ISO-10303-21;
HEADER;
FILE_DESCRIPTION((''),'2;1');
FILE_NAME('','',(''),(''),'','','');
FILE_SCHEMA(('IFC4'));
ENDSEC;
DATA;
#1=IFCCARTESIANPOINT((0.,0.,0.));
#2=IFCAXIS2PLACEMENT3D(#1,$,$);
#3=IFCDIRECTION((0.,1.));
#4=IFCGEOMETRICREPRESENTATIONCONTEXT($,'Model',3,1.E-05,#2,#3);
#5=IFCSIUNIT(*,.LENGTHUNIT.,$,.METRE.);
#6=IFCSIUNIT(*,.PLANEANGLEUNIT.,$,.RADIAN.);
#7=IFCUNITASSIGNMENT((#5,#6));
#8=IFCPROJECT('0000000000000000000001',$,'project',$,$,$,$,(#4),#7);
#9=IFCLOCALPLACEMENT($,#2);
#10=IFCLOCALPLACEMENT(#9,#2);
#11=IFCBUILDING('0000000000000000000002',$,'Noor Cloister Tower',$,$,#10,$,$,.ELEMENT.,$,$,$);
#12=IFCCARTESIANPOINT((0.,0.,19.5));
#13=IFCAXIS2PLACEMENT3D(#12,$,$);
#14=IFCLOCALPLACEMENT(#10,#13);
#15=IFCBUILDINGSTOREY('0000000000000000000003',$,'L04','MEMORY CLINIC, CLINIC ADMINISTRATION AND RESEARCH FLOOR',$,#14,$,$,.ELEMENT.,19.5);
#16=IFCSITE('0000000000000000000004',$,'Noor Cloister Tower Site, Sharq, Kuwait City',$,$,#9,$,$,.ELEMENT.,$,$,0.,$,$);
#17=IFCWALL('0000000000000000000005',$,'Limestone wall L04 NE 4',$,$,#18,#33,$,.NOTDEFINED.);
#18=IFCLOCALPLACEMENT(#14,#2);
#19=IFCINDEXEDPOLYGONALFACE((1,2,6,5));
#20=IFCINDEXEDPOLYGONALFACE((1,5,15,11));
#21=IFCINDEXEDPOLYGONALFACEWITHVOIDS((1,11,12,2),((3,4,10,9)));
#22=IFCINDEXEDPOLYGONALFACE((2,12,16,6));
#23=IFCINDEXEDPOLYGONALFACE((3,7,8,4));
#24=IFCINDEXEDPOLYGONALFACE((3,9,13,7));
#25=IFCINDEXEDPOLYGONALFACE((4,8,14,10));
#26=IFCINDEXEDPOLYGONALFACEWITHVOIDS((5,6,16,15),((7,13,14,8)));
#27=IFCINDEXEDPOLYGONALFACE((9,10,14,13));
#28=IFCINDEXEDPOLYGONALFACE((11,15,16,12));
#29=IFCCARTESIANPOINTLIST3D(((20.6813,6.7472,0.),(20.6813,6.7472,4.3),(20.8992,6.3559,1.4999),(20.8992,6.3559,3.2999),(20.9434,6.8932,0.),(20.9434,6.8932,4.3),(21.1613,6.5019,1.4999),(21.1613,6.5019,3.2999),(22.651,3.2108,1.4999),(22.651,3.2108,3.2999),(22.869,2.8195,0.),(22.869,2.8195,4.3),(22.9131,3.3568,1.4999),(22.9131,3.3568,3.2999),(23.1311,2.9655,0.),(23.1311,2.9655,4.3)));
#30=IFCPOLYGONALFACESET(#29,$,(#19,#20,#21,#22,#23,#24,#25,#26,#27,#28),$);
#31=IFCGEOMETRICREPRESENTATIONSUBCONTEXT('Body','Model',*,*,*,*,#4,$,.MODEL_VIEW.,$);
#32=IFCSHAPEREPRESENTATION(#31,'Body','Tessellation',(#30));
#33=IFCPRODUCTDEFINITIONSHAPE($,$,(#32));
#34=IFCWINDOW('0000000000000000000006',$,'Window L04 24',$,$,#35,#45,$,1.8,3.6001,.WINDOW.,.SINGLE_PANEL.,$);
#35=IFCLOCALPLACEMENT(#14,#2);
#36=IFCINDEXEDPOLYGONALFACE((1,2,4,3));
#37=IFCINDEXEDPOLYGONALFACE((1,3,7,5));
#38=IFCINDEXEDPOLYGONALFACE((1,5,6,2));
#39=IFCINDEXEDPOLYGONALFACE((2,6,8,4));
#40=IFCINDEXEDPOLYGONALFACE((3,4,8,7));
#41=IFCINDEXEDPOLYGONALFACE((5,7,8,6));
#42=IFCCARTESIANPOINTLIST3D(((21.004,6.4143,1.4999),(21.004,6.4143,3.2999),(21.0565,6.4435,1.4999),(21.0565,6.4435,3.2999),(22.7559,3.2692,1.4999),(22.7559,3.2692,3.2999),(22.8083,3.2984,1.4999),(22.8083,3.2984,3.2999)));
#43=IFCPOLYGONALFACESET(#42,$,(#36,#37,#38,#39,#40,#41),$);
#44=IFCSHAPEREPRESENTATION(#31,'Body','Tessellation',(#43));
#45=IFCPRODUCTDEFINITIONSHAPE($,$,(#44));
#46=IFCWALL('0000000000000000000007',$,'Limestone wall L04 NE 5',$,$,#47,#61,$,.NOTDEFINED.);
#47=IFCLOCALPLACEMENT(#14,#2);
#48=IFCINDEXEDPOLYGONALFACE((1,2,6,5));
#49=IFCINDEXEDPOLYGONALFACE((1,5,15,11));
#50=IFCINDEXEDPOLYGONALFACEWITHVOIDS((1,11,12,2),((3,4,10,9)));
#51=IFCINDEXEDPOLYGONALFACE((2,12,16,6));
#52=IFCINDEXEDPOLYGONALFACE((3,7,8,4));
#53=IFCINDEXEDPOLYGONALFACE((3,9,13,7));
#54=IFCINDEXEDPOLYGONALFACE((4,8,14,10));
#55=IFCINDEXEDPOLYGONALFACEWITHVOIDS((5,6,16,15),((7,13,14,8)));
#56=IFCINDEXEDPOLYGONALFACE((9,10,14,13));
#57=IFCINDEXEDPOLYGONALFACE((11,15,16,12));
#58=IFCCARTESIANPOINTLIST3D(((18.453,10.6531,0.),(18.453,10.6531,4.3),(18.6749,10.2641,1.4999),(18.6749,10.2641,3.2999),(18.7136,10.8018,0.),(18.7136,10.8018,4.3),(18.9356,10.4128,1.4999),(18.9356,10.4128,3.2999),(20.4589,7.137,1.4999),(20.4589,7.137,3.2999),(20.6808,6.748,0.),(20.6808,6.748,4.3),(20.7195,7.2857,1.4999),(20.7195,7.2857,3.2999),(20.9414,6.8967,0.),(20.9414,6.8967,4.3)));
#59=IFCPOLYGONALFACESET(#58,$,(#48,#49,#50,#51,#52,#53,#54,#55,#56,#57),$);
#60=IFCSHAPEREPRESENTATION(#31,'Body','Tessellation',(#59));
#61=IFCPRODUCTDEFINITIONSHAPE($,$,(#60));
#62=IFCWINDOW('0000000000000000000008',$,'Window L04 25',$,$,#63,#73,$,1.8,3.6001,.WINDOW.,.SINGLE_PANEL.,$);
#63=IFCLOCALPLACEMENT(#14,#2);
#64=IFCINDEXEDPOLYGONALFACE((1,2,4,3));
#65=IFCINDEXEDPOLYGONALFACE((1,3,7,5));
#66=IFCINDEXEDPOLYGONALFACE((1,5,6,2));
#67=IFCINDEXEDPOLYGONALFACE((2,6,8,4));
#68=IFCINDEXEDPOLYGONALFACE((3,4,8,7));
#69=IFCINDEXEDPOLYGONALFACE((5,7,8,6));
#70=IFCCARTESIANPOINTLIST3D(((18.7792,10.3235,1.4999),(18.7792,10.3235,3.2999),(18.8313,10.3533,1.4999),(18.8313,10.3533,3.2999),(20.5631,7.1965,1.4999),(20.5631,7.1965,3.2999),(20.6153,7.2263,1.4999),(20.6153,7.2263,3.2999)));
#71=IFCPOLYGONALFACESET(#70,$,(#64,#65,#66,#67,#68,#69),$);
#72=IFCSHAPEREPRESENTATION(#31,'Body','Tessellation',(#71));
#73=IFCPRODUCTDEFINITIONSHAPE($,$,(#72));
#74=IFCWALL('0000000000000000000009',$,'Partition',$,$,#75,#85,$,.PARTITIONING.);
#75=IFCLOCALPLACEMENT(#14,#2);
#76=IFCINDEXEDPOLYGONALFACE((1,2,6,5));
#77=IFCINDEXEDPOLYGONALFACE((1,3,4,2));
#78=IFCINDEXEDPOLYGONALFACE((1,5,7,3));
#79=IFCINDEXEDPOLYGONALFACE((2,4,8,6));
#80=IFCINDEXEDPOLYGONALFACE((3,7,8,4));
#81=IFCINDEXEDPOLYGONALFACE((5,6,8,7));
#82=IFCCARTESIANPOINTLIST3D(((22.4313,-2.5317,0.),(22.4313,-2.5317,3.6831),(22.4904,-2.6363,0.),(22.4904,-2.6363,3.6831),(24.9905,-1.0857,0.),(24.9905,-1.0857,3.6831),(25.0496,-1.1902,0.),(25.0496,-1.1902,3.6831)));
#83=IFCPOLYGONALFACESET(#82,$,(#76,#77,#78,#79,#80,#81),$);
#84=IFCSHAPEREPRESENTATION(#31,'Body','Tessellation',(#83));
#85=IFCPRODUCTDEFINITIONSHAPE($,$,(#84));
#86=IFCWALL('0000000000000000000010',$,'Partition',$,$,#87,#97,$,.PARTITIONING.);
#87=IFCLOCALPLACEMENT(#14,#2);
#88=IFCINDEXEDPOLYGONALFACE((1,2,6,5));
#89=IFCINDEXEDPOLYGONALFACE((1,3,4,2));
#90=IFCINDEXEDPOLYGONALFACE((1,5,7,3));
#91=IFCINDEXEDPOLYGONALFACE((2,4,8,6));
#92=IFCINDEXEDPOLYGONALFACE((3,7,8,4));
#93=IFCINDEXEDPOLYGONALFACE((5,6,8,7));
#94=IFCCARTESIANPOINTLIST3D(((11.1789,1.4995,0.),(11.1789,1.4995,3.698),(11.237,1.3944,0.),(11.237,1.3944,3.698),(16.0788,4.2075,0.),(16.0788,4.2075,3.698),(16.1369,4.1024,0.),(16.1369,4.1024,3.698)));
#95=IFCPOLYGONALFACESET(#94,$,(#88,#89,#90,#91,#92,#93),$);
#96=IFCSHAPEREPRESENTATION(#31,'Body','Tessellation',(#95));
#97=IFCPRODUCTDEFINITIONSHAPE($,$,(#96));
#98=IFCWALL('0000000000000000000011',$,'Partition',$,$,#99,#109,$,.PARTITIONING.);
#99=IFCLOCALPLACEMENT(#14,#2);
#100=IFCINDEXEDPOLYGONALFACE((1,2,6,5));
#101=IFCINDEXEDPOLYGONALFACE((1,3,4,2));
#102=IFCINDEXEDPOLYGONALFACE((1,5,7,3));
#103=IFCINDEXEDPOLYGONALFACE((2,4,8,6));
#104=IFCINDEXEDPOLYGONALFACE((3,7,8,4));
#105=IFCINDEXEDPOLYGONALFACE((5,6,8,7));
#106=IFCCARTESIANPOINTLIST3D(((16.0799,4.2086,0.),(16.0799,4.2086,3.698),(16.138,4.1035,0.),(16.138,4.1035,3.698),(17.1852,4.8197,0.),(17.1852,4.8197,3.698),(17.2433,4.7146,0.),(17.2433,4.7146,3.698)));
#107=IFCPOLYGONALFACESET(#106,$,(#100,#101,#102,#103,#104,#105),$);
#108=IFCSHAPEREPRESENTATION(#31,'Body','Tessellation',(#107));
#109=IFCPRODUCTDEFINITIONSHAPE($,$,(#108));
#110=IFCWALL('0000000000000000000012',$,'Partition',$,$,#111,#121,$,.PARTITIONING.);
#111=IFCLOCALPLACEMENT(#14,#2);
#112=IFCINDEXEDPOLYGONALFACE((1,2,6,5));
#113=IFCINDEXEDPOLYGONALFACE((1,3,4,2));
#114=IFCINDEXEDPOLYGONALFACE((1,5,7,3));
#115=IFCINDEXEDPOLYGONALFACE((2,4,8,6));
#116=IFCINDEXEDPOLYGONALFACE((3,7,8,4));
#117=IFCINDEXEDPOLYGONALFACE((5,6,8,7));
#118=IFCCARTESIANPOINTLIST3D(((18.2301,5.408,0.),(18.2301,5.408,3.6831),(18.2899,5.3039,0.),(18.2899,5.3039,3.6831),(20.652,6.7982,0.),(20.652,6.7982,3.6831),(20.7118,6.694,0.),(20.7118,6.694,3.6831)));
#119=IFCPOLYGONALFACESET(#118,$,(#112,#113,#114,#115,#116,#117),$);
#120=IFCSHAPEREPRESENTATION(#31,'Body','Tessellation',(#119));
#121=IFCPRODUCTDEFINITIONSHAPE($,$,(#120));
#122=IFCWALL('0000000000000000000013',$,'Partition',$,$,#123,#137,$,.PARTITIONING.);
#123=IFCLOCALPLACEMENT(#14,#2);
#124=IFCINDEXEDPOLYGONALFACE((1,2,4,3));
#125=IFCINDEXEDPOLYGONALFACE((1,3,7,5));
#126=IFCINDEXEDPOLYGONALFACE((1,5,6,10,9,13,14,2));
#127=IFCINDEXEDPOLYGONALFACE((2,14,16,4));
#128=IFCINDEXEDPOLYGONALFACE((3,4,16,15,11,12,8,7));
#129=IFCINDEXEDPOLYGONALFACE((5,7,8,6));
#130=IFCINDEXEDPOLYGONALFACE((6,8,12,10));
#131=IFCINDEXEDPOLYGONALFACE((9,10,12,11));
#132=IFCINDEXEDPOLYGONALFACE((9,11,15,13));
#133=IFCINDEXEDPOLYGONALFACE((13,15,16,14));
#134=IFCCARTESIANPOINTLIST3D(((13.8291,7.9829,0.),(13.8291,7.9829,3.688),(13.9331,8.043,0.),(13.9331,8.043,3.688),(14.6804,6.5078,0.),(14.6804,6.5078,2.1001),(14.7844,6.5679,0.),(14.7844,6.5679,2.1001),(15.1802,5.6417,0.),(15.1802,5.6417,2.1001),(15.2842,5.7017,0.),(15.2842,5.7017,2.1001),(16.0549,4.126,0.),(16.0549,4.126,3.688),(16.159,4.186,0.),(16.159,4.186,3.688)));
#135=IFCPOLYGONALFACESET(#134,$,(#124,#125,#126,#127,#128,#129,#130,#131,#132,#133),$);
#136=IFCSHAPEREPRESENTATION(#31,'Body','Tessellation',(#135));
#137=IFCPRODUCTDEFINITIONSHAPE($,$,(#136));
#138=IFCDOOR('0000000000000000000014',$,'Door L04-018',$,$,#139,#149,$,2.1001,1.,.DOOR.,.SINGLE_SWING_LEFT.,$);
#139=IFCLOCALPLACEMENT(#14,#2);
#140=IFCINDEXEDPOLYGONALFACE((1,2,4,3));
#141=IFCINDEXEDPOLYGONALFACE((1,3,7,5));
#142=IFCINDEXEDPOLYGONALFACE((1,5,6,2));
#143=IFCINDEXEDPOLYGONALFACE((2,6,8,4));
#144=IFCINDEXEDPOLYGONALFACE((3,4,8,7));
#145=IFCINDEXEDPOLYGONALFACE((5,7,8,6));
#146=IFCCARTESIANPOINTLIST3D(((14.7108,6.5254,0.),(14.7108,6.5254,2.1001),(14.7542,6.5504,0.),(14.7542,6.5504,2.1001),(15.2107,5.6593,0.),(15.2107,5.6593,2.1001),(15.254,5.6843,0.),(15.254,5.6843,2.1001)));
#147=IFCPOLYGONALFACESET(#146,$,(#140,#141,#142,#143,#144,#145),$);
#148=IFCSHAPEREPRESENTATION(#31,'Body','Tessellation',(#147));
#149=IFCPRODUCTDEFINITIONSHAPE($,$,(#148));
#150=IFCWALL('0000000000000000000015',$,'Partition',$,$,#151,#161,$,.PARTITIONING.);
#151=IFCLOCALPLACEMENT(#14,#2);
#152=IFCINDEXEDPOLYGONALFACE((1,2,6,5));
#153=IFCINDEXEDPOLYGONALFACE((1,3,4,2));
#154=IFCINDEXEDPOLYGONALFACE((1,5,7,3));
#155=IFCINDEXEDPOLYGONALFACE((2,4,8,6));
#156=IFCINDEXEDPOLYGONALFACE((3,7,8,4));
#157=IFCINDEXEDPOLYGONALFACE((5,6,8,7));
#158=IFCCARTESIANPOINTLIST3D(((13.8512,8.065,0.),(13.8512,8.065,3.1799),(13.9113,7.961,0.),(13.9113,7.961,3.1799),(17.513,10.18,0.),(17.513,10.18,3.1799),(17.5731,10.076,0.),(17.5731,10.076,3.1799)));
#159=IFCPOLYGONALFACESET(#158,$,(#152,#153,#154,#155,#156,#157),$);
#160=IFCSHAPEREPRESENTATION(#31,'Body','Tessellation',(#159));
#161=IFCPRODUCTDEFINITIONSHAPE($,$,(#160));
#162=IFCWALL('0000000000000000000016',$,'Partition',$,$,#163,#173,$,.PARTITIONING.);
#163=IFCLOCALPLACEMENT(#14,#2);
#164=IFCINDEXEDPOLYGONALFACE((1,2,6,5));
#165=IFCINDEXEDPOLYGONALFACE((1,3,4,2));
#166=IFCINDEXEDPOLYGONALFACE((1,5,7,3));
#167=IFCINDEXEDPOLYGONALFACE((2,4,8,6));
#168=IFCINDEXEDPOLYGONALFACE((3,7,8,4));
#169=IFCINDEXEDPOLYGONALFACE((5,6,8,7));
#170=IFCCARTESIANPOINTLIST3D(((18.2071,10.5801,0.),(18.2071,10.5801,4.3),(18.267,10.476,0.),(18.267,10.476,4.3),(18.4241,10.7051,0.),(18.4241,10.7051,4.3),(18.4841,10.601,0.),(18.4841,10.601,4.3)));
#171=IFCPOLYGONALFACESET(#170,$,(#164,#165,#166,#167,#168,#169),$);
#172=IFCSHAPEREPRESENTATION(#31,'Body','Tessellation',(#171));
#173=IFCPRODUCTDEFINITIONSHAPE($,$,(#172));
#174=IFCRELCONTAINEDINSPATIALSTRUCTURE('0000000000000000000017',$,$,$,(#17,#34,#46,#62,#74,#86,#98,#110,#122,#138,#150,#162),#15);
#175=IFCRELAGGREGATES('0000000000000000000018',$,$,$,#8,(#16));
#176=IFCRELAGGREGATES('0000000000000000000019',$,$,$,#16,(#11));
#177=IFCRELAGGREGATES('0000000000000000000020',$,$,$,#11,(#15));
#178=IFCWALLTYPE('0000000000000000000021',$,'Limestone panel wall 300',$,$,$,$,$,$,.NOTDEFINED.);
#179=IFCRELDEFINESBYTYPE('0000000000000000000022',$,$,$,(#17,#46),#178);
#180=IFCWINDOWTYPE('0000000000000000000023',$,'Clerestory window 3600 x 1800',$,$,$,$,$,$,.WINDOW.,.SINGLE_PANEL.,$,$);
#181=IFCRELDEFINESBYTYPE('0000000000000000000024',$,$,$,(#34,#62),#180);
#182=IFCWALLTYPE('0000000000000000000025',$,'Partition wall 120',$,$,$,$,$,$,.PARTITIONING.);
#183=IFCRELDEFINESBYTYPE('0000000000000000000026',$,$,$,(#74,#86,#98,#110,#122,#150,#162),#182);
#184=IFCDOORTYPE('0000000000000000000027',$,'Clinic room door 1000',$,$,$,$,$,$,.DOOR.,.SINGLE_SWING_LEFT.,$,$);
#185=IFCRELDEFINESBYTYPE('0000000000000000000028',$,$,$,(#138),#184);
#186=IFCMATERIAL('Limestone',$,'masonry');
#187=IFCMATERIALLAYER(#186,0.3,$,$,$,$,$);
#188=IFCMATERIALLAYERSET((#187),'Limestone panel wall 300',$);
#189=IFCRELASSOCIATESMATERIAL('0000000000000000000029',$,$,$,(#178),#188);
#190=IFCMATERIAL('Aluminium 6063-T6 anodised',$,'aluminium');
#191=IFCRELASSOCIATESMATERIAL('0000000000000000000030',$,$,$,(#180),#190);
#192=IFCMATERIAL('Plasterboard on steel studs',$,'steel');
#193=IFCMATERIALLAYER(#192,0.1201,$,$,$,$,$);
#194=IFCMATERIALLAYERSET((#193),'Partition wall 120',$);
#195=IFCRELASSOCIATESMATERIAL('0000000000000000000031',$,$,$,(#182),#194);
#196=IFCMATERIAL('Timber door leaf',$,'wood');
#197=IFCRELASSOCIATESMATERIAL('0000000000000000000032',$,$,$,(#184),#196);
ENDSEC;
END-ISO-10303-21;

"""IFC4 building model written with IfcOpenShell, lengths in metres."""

from ifc_helpers import new_model, si_unit, direction, frame, frame_2d, origin, place, context, subcontext, project, spatial, rectangle, extrude, material, layer, layer_set, type_object, element, fill, save


model = new_model("IFC4")

# Units and contexts
model_context = context("Model", 3, precision=1e-05, world=origin(), true_north=direction((0.0, 1.0)))
body_context = subcontext(model_context, "Body", "Model", "MODEL_VIEW")
ifc_project = project(units=[si_unit("LENGTHUNIT", "METRE"), si_unit("PLANEANGLEUNIT", "RADIAN")], contexts=[model_context])

# Site, building, storey
site_placement = place(None, origin())
site = spatial("IfcSite", under=ifc_project, at=site_placement, Name="Noor Cloister Tower Site, Sharq, Kuwait City", CompositionType="ELEMENT", RefElevation=0.0)
building_placement = place(site_placement, origin())
building = spatial("IfcBuilding", under=site, at=building_placement, Name="Noor Cloister Tower", CompositionType="ELEMENT")
storey_placement = place(building_placement, frame((0.0, 0.0, 19.5)))
storey = spatial("IfcBuildingStorey", under=building, at=storey_placement, Name="L04", Description="MEMORY CLINIC, CLINIC ADMINISTRATION AND RESEARCH FLOOR", CompositionType="ELEMENT", Elevation=19.5)

# Walls, openings, windows
ifc_material_1 = material(Name="Limestone", Category="masonry")
ifc_layer_1 = layer(ifc_material_1, 0.3)
ifc_layer_set_1 = layer_set([ifc_layer_1], Name="Limestone panel wall 300")
wall_type_1 = type_object("IfcWallType", Name="Limestone panel wall 300", PredefinedType="NOTDEFINED", material=ifc_layer_set_1)
ifc_material_2 = material(Name="Aluminium 6063-T6 anodised", Category="aluminium")
window_type = type_object("IfcWindowType", Name="Clerestory window 3600 x 1800", PartitioningType="SINGLE_PANEL", PredefinedType="WINDOW", material=ifc_material_2)
wall_1_placement = place(storey_placement, frame((20.8123, 6.8203, 0.0), z_axis=(0.0, 0.0, 1.0), x_axis=(0.486606, -0.873621, 0.0)))
wall_1 = element("IfcWall", 1, at=wall_1_placement, inside=storey, type_object=wall_type_1, Name="Limestone wall L04 NE 4", PredefinedType="NOTDEFINED", context=body_context, shape_type="SweptSolid", body=[
    extrude(rectangle(XDim=4.4958, YDim=0.3, at=frame_2d((2.248, 0.0))), origin(), (0.0, 0.0, 1.0), 4.3),
])
opening_1_placement = place(wall_1_placement, frame((0.448, 0.0, 1.5)))
opening_1 = element("IfcOpeningElement", 2, at=opening_1_placement, cuts=wall_1, PredefinedType="OPENING", context=body_context, shape_type="SweptSolid", body=[
    extrude(rectangle(XDim=3.6001, YDim=1.8, at=frame_2d((1.8, 0.8999))), frame((0.0, 0.1602, 0.0), z_axis=(0.0, -1.0, 0.0), x_axis=(1.0, 0.0, 0.0)), (0.0, 0.0, 1.0), 0.3201),
])
window_1_placement = place(opening_1_placement, origin())
window_1 = element("IfcWindow", 3, at=window_1_placement, inside=storey, type_object=window_type, Name="Window L04 24", OverallHeight=1.8, OverallWidth=3.6001, PartitioningType="SINGLE_PANEL", PredefinedType="WINDOW", context=body_context, shape_type="SweptSolid", body=[
    extrude(rectangle(XDim=3.6001, YDim=1.8, at=frame_2d((1.8, 0.8999))), frame((0.0, 0.03, 0.0), z_axis=(0.0, -1.0, 0.0), x_axis=(1.0, 0.0, 0.0)), (0.0, 0.0, 1.0), 0.0601),
])
fill(opening_1, window_1)
wall_2_placement = place(storey_placement, frame((18.5833, 10.7275, 0.0), z_axis=(0.0, 0.0, 1.0), x_axis=(0.495525, -0.868594, 0.0)))
wall_2 = element("IfcWall", 4, at=wall_2_placement, inside=storey, type_object=wall_type_1, Name="Limestone wall L04 NE 5", PredefinedType="NOTDEFINED", context=body_context, shape_type="SweptSolid", body=[
    extrude(rectangle(XDim=4.4958, YDim=0.3, at=frame_2d((2.248, 0.0))), origin(), (0.0, 0.0, 1.0), 4.3),
])
opening_2_placement = place(wall_2_placement, frame((0.448, 0.0, 1.5)))
opening_2 = element("IfcOpeningElement", 5, at=opening_2_placement, cuts=wall_2, PredefinedType="OPENING", context=body_context, shape_type="SweptSolid", body=[
    extrude(rectangle(XDim=3.6001, YDim=1.8, at=frame_2d((1.8, 0.8999))), frame((0.0, 0.1602, 0.0), z_axis=(0.0, -1.0, 0.0), x_axis=(1.0, 0.0, 0.0)), (0.0, 0.0, 1.0), 0.3201),
])
window_2_placement = place(opening_2_placement, origin())
window_2 = element("IfcWindow", 6, at=window_2_placement, inside=storey, type_object=window_type, Name="Window L04 25", OverallHeight=1.8, OverallWidth=3.6001, PartitioningType="SINGLE_PANEL", PredefinedType="WINDOW", context=body_context, shape_type="SweptSolid", body=[
    extrude(rectangle(XDim=3.6001, YDim=1.8, at=frame_2d((1.8, 0.8999))), frame((0.0, 0.03, 0.0), z_axis=(0.0, -1.0, 0.0), x_axis=(1.0, 0.0, 0.0)), (0.0, 0.0, 1.0), 0.0601),
])
fill(opening_2, window_2)

# Walls
ifc_material_3 = material(Name="Plasterboard on steel studs", Category="steel")
ifc_layer_2 = layer(ifc_material_3, 0.1201)
ifc_layer_set_2 = layer_set([ifc_layer_2], Name="Partition wall 120")
wall_type_2 = type_object("IfcWallType", Name="Partition wall 120", PredefinedType="PARTITIONING", material=ifc_layer_set_2)
wall_3_placement = place(storey_placement, frame((25.02, -1.1379, 0.0), z_axis=(0.0, 0.0, 1.0), x_axis=(-0.87062, -0.491956, 0.0)))
element("IfcWall", 7, at=wall_3_placement, inside=storey, type_object=wall_type_2, Name="Partition", PredefinedType="PARTITIONING", context=body_context, shape_type="SweptSolid", body=[
    extrude(rectangle(XDim=2.9395, YDim=0.1201, at=frame_2d((1.4697, 0.0))), origin(), (0.0, 0.0, 1.0), 3.6831),
])
wall_4_placement = place(storey_placement, frame((16.1079, 4.155, 0.0), z_axis=(0.0, 0.0, 1.0), x_axis=(-0.875229, -0.483709, 0.0)))
element("IfcWall", 8, at=wall_4_placement, inside=storey, type_object=wall_type_2, Name="Partition", PredefinedType="PARTITIONING", context=body_context, shape_type="SweptSolid", body=[
    extrude(rectangle(XDim=5.5984, YDim=0.1201, at=frame_2d((2.7993, 0.0))), origin(), (0.0, 0.0, 1.0), 3.698),
])
wall_5_placement = place(storey_placement, frame((17.2141, 4.7671, 0.0), z_axis=(0.0, 0.0, 1.0), x_axis=(-0.87514, -0.483869, 0.0)))
element("IfcWall", 9, at=wall_5_placement, inside=storey, type_object=wall_type_2, Name="Partition", PredefinedType="PARTITIONING", context=body_context, shape_type="SweptSolid", body=[
    extrude(rectangle(XDim=1.2629, YDim=0.1201, at=frame_2d((0.6313, 0.0))), origin(), (0.0, 0.0, 1.0), 3.698),
])
wall_6_placement = place(storey_placement, frame((20.6819, 6.7461, 0.0), z_axis=(0.0, 0.0, 1.0), x_axis=(-0.867284, -0.497814, 0.0)))
element("IfcWall", 10, at=wall_6_placement, inside=storey, type_object=wall_type_2, Name="Partition", PredefinedType="PARTITIONING", context=body_context, shape_type="SweptSolid", body=[
    extrude(rectangle(XDim=2.7925, YDim=0.1201, at=frame_2d((1.3962, 0.0))), origin(), (0.0, 0.0, 1.0), 3.6831),
])

# Wall, opening, door
wall_7_placement = place(storey_placement, frame((16.1069, 4.156, 0.0), z_axis=(0.0, 0.0, 1.0), x_axis=(-0.499836, 0.86612, 0.0)))
wall_7 = element("IfcWall", 11, at=wall_7_placement, inside=storey, type_object=wall_type_2, Name="Partition", PredefinedType="PARTITIONING", context=body_context, shape_type="SweptSolid", body=[
    extrude(rectangle(XDim=4.4531, YDim=0.1201, at=frame_2d((2.2266, 0.0))), origin(), (0.0, 0.0, 1.0), 3.688),
])
opening_3_placement = place(wall_7_placement, frame((1.75, 0.0, 0.0)))
opening_3 = element("IfcOpeningElement", 12, at=opening_3_placement, cuts=wall_7, PredefinedType="OPENING", context=body_context, shape_type="SweptSolid", body=[
    extrude(rectangle(XDim=1.0, YDim=2.1001, at=frame_2d((0.5, 1.05))), frame((0.0, 0.0701, 0.0), z_axis=(0.0, -1.0, 0.0), x_axis=(1.0, 0.0, 0.0)), (0.0, 0.0, 1.0), 0.1401),
])
ifc_material_4 = material(Name="Timber door leaf", Category="wood")
door_type = type_object("IfcDoorType", Name="Clinic room door 1000", OperationType="SINGLE_SWING_LEFT", PredefinedType="DOOR", material=ifc_material_4)
door_placement = place(opening_3_placement, origin())
door = element("IfcDoor", 13, at=door_placement, inside=storey, type_object=door_type, Name="Door L04-018", OperationType="SINGLE_SWING_LEFT", OverallHeight=2.1001, OverallWidth=1.0, PredefinedType="DOOR", context=body_context, shape_type="SweptSolid", body=[
    extrude(rectangle(XDim=1.0, YDim=2.1001, at=frame_2d((0.5, 1.05))), frame((0.0, 0.0249, 0.0), z_axis=(0.0, -1.0, 0.0), x_axis=(1.0, 0.0, 0.0)), (0.0, 0.0, 1.0), 0.05),
])
fill(opening_3, door)

# Walls
wall_8_placement = place(storey_placement, frame((17.543, 10.1279, 0.0), z_axis=(0.0, 0.0, 1.0), x_axis=(-0.865942, -0.500144, 0.0)))
element("IfcWall", 14, at=wall_8_placement, inside=storey, type_object=wall_type_2, Name="Partition", PredefinedType="PARTITIONING", context=body_context, shape_type="SweptSolid", body=[
    extrude(rectangle(XDim=4.2288, YDim=0.1201, at=frame_2d((2.1143, 0.0))), origin(), (0.0, 0.0, 1.0), 3.1799),
])
wall_9_placement = place(storey_placement, frame((18.4541, 10.6531, 0.0), z_axis=(0.0, 0.0, 1.0), x_axis=(-0.866559, -0.499075, 0.0)))
element("IfcWall", 15, at=wall_9_placement, inside=storey, type_object=wall_type_2, Name="Partition", PredefinedType="PARTITIONING", context=body_context, shape_type="SweptSolid", body=[
    extrude(rectangle(XDim=0.2505, YDim=0.1201, at=frame_2d((0.1252, 0.0))), origin(), (0.0, 0.0, 1.0), 4.3),
])

save(model, "model.ifc")
